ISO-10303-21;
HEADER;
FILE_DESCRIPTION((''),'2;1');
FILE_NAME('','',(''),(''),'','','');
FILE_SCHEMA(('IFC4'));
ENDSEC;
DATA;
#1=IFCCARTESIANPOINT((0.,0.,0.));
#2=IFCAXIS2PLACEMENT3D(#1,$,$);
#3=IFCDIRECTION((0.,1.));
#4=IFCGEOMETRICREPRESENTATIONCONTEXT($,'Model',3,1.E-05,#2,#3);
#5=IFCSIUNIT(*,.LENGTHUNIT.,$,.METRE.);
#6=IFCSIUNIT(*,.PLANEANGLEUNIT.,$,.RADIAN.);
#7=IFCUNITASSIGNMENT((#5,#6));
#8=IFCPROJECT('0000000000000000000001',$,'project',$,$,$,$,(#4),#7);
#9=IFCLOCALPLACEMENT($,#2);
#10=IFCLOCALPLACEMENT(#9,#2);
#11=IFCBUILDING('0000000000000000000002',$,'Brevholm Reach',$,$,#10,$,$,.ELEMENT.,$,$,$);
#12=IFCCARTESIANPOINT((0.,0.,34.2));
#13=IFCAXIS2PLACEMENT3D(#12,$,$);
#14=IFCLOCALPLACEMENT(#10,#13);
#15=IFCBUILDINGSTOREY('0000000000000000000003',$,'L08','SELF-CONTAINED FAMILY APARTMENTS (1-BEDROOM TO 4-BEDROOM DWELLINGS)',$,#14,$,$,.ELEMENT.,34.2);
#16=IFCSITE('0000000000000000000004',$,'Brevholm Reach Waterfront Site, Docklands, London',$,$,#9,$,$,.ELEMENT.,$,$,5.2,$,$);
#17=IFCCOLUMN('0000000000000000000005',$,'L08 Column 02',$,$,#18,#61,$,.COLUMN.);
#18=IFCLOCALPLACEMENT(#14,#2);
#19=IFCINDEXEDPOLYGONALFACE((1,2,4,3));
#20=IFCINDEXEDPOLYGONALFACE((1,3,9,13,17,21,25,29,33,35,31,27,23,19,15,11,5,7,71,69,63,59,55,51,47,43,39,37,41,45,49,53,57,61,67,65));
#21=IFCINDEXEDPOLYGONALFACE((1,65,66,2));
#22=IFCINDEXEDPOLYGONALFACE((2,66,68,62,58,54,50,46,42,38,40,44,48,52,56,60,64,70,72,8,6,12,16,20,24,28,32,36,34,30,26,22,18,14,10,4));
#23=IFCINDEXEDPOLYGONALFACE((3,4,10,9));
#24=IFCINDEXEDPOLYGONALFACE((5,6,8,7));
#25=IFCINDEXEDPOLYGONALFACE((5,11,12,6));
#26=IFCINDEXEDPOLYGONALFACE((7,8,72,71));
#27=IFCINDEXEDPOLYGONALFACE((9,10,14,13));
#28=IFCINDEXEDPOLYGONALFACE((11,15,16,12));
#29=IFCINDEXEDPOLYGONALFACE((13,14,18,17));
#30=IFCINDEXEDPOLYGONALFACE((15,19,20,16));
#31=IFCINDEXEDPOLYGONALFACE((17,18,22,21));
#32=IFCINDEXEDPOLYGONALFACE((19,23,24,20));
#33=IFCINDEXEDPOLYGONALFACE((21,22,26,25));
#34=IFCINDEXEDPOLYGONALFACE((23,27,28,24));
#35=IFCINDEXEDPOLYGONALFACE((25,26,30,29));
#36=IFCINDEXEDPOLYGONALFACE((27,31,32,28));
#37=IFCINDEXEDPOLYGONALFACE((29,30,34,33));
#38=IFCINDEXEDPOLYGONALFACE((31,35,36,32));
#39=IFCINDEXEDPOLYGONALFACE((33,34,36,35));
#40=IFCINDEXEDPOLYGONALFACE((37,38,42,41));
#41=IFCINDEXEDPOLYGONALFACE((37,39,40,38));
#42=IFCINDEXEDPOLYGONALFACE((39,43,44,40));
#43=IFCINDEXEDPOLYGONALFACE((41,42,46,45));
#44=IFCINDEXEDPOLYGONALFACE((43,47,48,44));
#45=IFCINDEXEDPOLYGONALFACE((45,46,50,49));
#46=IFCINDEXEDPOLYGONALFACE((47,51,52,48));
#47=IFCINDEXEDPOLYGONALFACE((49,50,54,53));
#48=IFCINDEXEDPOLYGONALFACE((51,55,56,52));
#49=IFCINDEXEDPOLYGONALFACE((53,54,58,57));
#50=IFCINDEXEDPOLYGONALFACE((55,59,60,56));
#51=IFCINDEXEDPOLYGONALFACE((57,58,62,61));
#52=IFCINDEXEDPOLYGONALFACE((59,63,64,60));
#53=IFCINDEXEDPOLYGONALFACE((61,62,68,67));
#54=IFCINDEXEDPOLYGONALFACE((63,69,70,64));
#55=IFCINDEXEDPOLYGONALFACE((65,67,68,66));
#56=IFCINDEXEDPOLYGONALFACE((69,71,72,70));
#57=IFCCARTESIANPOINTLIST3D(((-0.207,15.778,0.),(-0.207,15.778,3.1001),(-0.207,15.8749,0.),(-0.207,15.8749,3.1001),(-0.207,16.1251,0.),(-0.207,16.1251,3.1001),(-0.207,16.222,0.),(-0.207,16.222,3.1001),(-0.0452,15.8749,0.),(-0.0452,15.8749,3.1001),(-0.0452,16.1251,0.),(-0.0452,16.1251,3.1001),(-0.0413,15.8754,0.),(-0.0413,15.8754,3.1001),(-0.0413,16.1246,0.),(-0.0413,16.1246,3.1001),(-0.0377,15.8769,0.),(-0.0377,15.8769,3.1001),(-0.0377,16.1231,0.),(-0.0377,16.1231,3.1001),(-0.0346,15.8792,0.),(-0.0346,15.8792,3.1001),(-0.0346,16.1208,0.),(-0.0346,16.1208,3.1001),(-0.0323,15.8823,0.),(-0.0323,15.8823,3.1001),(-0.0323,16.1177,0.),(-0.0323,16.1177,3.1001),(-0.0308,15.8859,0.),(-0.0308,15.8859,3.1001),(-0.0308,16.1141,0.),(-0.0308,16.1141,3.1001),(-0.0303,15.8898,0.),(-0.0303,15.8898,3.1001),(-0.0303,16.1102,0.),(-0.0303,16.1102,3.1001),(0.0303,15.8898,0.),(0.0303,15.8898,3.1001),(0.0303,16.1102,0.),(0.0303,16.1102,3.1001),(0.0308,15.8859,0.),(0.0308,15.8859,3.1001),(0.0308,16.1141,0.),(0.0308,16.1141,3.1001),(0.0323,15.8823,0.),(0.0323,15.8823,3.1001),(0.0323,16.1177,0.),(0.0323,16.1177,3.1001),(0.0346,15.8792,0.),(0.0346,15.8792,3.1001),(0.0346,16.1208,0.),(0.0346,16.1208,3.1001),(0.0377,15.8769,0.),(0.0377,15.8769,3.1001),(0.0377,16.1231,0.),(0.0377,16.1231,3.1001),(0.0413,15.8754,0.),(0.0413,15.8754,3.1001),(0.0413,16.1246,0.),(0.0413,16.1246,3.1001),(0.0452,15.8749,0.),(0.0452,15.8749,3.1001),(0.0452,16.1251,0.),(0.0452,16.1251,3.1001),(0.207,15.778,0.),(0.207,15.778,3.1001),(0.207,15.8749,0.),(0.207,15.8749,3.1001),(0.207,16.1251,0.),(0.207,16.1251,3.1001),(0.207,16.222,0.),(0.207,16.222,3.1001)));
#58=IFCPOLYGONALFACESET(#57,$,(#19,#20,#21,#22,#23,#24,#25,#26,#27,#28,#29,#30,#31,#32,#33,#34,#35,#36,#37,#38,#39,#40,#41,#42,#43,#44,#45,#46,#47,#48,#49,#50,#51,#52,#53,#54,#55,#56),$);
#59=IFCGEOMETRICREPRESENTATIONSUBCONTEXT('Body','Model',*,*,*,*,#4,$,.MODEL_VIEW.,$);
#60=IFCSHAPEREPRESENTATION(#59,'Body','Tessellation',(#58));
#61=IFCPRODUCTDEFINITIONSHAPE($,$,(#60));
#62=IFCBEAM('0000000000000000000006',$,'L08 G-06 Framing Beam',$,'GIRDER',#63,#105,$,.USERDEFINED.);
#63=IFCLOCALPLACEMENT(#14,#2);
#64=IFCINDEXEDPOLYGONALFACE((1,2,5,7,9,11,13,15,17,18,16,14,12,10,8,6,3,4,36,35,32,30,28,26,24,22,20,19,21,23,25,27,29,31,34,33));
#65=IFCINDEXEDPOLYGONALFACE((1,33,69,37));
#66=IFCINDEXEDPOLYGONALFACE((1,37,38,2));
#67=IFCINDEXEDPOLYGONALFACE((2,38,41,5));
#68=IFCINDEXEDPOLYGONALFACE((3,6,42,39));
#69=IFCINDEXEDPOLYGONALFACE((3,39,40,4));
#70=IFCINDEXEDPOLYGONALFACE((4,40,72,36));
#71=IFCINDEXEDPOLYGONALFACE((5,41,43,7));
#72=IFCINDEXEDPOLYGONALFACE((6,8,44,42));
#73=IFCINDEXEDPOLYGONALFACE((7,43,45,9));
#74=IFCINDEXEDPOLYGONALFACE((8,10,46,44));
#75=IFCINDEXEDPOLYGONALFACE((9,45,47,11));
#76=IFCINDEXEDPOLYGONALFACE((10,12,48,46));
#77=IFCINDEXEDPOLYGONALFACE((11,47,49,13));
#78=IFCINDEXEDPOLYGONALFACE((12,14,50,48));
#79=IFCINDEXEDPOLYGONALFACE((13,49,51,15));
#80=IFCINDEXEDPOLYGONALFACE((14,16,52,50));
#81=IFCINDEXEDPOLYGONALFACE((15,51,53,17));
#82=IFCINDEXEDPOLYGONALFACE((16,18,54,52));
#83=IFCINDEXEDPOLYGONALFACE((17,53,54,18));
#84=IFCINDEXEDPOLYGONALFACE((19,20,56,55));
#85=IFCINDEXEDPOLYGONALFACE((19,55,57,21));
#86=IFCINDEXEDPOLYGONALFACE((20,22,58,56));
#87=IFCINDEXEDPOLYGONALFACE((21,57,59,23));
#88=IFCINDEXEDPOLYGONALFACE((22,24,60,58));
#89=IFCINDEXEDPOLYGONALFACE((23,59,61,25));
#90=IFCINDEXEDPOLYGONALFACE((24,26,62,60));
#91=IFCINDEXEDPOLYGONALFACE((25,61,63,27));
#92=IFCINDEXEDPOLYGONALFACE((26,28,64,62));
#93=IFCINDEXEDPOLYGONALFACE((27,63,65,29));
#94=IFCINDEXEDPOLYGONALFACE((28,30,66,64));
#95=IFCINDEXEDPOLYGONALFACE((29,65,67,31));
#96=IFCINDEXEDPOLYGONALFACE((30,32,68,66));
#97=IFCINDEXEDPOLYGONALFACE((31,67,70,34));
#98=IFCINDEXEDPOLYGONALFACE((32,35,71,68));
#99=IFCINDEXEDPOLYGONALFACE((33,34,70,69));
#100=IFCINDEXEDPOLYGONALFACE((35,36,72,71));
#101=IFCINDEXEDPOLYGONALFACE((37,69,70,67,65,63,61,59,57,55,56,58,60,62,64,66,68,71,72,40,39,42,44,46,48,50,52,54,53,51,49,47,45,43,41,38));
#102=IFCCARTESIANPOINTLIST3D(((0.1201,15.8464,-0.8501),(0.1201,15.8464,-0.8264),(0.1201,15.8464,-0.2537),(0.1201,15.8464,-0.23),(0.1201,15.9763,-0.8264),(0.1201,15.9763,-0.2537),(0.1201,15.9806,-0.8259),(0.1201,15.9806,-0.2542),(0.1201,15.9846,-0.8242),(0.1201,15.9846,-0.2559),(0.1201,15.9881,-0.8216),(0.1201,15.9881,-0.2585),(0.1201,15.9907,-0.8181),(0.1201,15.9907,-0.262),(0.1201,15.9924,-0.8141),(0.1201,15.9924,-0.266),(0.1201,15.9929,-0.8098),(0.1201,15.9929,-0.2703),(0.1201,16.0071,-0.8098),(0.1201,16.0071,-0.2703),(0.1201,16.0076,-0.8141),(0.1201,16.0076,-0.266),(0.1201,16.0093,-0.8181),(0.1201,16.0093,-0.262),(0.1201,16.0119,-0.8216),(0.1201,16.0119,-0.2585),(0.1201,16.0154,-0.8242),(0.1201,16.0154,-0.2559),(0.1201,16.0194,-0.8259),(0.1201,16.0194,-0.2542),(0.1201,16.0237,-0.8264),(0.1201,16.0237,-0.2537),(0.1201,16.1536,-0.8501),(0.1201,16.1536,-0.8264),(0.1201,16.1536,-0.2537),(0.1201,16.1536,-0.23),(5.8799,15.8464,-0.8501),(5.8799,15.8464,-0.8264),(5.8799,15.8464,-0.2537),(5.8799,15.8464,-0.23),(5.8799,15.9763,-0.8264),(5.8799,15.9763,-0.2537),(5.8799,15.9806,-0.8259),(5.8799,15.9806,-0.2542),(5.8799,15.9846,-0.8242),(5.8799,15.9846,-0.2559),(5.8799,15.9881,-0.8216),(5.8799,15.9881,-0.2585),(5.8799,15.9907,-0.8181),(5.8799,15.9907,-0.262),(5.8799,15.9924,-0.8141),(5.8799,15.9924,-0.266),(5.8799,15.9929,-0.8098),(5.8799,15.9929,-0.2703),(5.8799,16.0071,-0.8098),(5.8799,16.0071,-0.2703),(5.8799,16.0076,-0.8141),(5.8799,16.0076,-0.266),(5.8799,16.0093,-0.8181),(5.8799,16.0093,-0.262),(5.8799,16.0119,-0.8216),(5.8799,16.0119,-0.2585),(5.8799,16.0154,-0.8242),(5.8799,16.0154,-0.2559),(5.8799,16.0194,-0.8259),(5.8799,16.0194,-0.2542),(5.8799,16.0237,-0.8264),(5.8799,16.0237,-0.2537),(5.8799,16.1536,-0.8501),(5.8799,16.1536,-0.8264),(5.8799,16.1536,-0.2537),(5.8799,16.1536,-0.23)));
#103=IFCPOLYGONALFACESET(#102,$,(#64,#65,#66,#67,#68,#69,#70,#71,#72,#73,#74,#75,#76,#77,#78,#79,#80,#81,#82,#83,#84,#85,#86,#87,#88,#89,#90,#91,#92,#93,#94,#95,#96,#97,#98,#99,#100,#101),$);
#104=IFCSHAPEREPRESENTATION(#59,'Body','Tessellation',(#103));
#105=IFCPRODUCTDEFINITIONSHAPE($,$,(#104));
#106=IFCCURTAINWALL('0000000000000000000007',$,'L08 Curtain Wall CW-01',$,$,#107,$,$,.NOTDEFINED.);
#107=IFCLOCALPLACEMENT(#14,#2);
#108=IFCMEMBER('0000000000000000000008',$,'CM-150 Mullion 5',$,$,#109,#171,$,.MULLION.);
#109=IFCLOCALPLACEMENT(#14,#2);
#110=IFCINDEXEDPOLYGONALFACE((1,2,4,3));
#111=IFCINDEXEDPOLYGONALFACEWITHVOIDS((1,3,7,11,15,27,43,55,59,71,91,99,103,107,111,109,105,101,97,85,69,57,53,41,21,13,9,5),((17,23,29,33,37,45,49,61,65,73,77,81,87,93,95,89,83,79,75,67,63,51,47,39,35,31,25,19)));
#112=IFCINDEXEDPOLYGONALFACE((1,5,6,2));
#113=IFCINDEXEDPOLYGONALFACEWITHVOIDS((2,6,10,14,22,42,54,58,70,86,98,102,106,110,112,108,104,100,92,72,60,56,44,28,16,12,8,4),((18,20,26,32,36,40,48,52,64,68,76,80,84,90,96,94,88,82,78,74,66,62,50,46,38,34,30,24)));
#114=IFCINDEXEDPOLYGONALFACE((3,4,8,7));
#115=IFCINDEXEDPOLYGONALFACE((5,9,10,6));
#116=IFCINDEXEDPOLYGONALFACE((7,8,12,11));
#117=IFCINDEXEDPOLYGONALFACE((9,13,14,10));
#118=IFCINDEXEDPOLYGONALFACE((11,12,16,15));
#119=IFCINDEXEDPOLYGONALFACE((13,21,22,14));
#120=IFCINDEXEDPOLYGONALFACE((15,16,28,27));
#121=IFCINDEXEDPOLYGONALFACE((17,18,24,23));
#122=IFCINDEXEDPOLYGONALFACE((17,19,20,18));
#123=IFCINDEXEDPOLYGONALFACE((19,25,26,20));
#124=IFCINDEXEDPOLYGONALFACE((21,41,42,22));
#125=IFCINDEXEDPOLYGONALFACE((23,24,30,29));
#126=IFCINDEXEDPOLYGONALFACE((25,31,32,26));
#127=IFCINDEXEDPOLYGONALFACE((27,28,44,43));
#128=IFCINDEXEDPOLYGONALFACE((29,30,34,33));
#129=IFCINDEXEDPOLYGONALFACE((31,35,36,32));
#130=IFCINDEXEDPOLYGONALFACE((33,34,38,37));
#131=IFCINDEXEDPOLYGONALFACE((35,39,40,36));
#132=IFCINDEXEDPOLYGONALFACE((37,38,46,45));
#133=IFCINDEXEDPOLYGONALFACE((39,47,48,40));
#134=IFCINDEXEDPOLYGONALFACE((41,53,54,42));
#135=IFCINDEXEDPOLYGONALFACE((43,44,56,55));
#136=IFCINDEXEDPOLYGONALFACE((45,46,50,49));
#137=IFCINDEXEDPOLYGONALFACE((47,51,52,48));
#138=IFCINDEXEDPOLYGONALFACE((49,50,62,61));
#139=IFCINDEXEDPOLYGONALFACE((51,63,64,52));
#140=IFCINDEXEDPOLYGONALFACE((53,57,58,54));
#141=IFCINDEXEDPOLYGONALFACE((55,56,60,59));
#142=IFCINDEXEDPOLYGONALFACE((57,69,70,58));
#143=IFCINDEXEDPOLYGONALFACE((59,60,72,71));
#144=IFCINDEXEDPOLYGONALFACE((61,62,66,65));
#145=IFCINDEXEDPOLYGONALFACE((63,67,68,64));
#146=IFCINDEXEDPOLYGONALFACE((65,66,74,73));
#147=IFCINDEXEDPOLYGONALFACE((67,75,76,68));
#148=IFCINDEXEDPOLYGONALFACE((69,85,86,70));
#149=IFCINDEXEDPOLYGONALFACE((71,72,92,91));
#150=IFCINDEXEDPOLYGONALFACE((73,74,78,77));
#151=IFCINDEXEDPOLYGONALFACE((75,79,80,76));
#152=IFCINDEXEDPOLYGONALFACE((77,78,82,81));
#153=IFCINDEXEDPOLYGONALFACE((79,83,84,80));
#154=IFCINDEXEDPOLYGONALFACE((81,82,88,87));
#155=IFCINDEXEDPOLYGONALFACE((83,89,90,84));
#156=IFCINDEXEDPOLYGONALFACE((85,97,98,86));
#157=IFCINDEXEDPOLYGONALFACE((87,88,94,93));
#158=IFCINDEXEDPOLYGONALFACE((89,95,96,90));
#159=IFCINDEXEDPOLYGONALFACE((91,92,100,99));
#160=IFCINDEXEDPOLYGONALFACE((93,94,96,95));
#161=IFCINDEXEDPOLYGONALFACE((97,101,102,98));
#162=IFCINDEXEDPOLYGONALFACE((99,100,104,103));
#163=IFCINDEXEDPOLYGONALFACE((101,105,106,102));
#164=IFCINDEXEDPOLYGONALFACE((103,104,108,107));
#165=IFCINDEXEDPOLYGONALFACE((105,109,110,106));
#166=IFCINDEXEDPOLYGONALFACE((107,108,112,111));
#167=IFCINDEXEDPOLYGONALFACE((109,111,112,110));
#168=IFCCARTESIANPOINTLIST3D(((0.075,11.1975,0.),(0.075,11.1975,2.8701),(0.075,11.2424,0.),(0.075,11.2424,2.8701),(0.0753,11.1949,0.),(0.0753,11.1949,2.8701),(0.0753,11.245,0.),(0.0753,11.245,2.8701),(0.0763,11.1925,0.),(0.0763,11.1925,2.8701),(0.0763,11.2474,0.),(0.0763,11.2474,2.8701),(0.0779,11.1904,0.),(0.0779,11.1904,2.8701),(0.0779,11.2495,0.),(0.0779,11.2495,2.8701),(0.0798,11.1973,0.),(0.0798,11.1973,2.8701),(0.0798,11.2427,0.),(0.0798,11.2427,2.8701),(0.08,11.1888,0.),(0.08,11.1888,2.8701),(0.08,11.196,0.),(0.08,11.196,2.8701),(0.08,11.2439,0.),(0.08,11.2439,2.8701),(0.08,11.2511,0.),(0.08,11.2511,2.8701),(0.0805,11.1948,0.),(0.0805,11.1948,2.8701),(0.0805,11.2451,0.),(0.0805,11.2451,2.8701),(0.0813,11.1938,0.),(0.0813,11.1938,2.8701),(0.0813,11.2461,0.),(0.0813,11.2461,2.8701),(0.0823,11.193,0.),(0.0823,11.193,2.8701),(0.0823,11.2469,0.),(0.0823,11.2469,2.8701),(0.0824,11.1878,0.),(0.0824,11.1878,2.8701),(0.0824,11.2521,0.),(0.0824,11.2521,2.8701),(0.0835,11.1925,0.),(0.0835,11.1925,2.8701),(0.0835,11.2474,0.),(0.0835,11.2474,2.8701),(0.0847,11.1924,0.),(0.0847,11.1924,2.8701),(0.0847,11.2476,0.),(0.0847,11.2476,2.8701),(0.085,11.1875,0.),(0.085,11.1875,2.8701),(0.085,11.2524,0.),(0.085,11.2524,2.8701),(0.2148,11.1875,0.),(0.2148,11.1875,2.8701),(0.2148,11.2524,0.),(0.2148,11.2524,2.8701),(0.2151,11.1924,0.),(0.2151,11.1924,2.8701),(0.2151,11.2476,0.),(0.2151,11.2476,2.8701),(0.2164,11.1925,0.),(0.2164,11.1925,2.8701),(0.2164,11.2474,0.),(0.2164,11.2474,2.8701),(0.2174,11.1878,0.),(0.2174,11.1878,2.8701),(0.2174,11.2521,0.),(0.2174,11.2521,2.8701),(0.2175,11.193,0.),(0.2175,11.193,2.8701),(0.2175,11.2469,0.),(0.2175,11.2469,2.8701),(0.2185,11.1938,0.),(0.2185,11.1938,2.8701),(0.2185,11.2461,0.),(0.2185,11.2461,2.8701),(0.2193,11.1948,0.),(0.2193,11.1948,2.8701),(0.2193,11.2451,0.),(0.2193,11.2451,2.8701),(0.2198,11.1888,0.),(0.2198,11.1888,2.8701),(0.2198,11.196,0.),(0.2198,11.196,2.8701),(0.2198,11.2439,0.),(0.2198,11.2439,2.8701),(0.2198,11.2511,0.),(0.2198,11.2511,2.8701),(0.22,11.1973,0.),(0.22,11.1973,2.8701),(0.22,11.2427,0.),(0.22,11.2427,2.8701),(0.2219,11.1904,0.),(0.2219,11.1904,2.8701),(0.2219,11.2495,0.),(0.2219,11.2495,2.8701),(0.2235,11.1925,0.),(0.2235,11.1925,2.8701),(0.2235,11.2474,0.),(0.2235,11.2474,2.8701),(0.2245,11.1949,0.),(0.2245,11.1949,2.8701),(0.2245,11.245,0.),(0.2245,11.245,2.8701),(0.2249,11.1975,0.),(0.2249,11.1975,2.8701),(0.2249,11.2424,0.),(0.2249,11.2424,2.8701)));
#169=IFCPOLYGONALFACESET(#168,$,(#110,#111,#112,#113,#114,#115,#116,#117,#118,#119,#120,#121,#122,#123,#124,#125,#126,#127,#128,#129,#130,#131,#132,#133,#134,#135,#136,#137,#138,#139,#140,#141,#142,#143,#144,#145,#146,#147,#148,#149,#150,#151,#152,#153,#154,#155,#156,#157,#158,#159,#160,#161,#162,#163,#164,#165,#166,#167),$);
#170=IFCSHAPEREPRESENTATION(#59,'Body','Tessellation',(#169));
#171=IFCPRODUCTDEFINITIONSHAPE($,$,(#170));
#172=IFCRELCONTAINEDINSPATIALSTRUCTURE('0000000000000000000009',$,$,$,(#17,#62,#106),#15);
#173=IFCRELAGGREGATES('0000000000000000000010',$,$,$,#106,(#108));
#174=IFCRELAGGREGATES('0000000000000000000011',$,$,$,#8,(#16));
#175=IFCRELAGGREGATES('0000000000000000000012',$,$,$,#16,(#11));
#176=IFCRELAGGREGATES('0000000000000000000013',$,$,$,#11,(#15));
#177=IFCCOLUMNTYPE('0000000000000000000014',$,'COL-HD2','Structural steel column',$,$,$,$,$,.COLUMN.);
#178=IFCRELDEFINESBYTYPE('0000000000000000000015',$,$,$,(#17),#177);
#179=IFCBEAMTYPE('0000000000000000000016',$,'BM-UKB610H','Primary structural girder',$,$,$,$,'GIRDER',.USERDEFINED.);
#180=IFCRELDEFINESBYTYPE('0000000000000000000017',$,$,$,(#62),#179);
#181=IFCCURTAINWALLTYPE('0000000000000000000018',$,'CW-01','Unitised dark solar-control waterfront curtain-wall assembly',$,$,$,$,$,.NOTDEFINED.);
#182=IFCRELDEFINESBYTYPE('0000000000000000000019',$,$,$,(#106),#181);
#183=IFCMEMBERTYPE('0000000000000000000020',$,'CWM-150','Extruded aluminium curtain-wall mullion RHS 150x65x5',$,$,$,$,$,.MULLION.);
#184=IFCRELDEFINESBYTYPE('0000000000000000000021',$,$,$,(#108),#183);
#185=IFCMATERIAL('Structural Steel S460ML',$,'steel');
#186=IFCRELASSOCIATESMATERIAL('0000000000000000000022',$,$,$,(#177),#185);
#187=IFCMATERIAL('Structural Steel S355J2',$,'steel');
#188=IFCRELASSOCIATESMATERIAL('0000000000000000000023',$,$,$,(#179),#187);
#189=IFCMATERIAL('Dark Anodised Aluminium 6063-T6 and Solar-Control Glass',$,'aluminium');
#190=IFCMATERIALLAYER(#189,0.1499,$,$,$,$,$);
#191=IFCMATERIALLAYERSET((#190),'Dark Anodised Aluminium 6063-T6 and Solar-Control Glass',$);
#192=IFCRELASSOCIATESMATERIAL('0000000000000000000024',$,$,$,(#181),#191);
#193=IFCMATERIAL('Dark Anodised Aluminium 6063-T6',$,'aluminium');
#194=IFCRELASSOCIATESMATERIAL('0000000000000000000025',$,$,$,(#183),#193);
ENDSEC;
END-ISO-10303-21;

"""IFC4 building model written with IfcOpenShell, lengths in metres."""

from ifc_helpers import new_model, si_unit, direction, frame, origin, origin_2d, place, context, subcontext, project, spatial, hollow_rectangle, i_section, extrude, material, layer, layer_set, material_profile, profile_set, type_object, element, aggregate, save


model = new_model("IFC4")

# Units and contexts
model_context = context("Model", 3, precision=1e-05, world=origin(), true_north=direction((0.0, 1.0)))
body_context = subcontext(model_context, "Body", "Model", "MODEL_VIEW")
ifc_project = project(units=[si_unit("LENGTHUNIT", "METRE"), si_unit("PLANEANGLEUNIT", "RADIAN")], contexts=[model_context])

# Site, building, storey
site_placement = place(None, origin())
site = spatial("IfcSite", under=ifc_project, at=site_placement, Name="Brevholm Reach Waterfront Site, Docklands, London", CompositionType="ELEMENT", RefElevation=5.2)
building_placement = place(site_placement, origin())
building = spatial("IfcBuilding", under=site, at=building_placement, Name="Brevholm Reach", CompositionType="ELEMENT")
storey_placement = place(building_placement, frame((0.0, 0.0, 34.2)))
storey = spatial("IfcBuildingStorey", under=building, at=storey_placement, Name="L08", Description="SELF-CONTAINED FAMILY APARTMENTS (1-BEDROOM TO 4-BEDROOM DWELLINGS)", CompositionType="ELEMENT", Elevation=34.2)

# Column
ifc_material_1 = material(Name="Structural Steel S460ML", Category="steel")
ifc_material_profile_1 = material_profile(ifc_material_1, i_section(OverallWidth=0.4141, OverallDepth=0.4441, WebThickness=0.0605, FlangeThickness=0.0969, FilletRadius=0.0149, at=origin_2d()), Name="HD 400x818")
ifc_profile_set_1 = profile_set([ifc_material_profile_1], Name="Structural Steel S460ML")
column_type = type_object("IfcColumnType", Name="COL-HD2", Description="Structural steel column", PredefinedType="COLUMN", material=ifc_profile_set_1)
column_placement = place(storey_placement, frame((0.0, 16.0, 0.0), z_axis=(0.0, 0.0, 1.0), x_axis=(1.0, 0.0, 0.0)))
element("IfcColumn", 1, at=column_placement, inside=storey, type_object=column_type, Name="L08 Column 02", PredefinedType="COLUMN", context=body_context, shape_type="SweptSolid", body=[
    extrude(i_section(OverallWidth=0.4141, OverallDepth=0.4441, WebThickness=0.0605, FlangeThickness=0.0969, FilletRadius=0.0149, at=origin_2d()), origin(), (0.0, 0.0, 1.0), 3.1001),
])

# Beam
ifc_material_2 = material(Name="Structural Steel S355J2", Category="steel")
ifc_material_profile_2 = material_profile(ifc_material_2, i_section(OverallWidth=0.3071, OverallDepth=0.6201, WebThickness=0.0142, FlangeThickness=0.0237, FilletRadius=0.0166, at=origin_2d()), Name="UKB 610x305x179")
ifc_profile_set_2 = profile_set([ifc_material_profile_2], Name="Structural Steel S355J2")
beam_type = type_object("IfcBeamType", Name="BM-UKB610H", Description="Primary structural girder", ElementType="GIRDER", PredefinedType="USERDEFINED", material=ifc_profile_set_2)
beam_placement = place(storey_placement, frame((0.1201, 16.0, -0.54), z_axis=(1.0, 0.0, 0.0), x_axis=(0.0, 1.0, 0.0)))
element("IfcBeam", 2, at=beam_placement, inside=storey, type_object=beam_type, Name="L08 G-06 Framing Beam", ObjectType="GIRDER", PredefinedType="USERDEFINED", context=body_context, shape_type="SweptSolid", body=[
    extrude(i_section(OverallWidth=0.3071, OverallDepth=0.6201, WebThickness=0.0142, FlangeThickness=0.0237, FilletRadius=0.0166, at=origin_2d()), origin(), (0.0, 0.0, 1.0), 5.7598),
])

# Curtain wall, member
ifc_material_3 = material(Name="Dark Anodised Aluminium 6063-T6 and Solar-Control Glass", Category="aluminium")
ifc_layer_1 = layer(ifc_material_3, 0.1499)
ifc_layer_set_1 = layer_set([ifc_layer_1], Name="Dark Anodised Aluminium 6063-T6 and Solar-Control Glass")
curtain_wall_type = type_object("IfcCurtainWallType", Name="CW-01", Description="Unitised dark solar-control waterfront curtain-wall assembly", PredefinedType="NOTDEFINED", material=ifc_layer_set_1)
curtain_wall_placement = place(storey_placement, origin())
curtain_wall = element("IfcCurtainWall", 3, at=curtain_wall_placement, inside=storey, type_object=curtain_wall_type, Name="L08 Curtain Wall CW-01", PredefinedType="NOTDEFINED")
ifc_material_4 = material(Name="Dark Anodised Aluminium 6063-T6", Category="aluminium")
ifc_material_profile_3 = material_profile(ifc_material_4, hollow_rectangle(XDim=0.0649, YDim=0.1499, WallThickness=0.0049, InnerFilletRadius=0.0049, OuterFilletRadius=0.01, at=origin_2d()), Name="RHS 150x65x5")
ifc_profile_set_3 = profile_set([ifc_material_profile_3], Name="Dark Anodised Aluminium 6063-T6")
member_type_1 = type_object("IfcMemberType", Name="CWM-150", Description="Extruded aluminium curtain-wall mullion RHS 150x65x5", PredefinedType="MULLION", material=ifc_profile_set_3)
member_1_placement = place(storey_placement, frame((0.1499, 11.22, 0.0), z_axis=(0.0, 0.0, 1.0), x_axis=(0.0, -1.0, 0.0)))
member_1 = element("IfcMember", 4, at=member_1_placement, type_object=member_type_1, Name="CM-150 Mullion 5", PredefinedType="MULLION", context=body_context, shape_type="SweptSolid", body=[
    extrude(hollow_rectangle(XDim=0.0649, YDim=0.1499, WallThickness=0.0049, InnerFilletRadius=0.0049, OuterFilletRadius=0.01, at=origin_2d()), origin(), (0.0, 0.0, 1.0), 2.8701),
])
aggregate(curtain_wall, [member_1])

save(model, "model.ifc")
